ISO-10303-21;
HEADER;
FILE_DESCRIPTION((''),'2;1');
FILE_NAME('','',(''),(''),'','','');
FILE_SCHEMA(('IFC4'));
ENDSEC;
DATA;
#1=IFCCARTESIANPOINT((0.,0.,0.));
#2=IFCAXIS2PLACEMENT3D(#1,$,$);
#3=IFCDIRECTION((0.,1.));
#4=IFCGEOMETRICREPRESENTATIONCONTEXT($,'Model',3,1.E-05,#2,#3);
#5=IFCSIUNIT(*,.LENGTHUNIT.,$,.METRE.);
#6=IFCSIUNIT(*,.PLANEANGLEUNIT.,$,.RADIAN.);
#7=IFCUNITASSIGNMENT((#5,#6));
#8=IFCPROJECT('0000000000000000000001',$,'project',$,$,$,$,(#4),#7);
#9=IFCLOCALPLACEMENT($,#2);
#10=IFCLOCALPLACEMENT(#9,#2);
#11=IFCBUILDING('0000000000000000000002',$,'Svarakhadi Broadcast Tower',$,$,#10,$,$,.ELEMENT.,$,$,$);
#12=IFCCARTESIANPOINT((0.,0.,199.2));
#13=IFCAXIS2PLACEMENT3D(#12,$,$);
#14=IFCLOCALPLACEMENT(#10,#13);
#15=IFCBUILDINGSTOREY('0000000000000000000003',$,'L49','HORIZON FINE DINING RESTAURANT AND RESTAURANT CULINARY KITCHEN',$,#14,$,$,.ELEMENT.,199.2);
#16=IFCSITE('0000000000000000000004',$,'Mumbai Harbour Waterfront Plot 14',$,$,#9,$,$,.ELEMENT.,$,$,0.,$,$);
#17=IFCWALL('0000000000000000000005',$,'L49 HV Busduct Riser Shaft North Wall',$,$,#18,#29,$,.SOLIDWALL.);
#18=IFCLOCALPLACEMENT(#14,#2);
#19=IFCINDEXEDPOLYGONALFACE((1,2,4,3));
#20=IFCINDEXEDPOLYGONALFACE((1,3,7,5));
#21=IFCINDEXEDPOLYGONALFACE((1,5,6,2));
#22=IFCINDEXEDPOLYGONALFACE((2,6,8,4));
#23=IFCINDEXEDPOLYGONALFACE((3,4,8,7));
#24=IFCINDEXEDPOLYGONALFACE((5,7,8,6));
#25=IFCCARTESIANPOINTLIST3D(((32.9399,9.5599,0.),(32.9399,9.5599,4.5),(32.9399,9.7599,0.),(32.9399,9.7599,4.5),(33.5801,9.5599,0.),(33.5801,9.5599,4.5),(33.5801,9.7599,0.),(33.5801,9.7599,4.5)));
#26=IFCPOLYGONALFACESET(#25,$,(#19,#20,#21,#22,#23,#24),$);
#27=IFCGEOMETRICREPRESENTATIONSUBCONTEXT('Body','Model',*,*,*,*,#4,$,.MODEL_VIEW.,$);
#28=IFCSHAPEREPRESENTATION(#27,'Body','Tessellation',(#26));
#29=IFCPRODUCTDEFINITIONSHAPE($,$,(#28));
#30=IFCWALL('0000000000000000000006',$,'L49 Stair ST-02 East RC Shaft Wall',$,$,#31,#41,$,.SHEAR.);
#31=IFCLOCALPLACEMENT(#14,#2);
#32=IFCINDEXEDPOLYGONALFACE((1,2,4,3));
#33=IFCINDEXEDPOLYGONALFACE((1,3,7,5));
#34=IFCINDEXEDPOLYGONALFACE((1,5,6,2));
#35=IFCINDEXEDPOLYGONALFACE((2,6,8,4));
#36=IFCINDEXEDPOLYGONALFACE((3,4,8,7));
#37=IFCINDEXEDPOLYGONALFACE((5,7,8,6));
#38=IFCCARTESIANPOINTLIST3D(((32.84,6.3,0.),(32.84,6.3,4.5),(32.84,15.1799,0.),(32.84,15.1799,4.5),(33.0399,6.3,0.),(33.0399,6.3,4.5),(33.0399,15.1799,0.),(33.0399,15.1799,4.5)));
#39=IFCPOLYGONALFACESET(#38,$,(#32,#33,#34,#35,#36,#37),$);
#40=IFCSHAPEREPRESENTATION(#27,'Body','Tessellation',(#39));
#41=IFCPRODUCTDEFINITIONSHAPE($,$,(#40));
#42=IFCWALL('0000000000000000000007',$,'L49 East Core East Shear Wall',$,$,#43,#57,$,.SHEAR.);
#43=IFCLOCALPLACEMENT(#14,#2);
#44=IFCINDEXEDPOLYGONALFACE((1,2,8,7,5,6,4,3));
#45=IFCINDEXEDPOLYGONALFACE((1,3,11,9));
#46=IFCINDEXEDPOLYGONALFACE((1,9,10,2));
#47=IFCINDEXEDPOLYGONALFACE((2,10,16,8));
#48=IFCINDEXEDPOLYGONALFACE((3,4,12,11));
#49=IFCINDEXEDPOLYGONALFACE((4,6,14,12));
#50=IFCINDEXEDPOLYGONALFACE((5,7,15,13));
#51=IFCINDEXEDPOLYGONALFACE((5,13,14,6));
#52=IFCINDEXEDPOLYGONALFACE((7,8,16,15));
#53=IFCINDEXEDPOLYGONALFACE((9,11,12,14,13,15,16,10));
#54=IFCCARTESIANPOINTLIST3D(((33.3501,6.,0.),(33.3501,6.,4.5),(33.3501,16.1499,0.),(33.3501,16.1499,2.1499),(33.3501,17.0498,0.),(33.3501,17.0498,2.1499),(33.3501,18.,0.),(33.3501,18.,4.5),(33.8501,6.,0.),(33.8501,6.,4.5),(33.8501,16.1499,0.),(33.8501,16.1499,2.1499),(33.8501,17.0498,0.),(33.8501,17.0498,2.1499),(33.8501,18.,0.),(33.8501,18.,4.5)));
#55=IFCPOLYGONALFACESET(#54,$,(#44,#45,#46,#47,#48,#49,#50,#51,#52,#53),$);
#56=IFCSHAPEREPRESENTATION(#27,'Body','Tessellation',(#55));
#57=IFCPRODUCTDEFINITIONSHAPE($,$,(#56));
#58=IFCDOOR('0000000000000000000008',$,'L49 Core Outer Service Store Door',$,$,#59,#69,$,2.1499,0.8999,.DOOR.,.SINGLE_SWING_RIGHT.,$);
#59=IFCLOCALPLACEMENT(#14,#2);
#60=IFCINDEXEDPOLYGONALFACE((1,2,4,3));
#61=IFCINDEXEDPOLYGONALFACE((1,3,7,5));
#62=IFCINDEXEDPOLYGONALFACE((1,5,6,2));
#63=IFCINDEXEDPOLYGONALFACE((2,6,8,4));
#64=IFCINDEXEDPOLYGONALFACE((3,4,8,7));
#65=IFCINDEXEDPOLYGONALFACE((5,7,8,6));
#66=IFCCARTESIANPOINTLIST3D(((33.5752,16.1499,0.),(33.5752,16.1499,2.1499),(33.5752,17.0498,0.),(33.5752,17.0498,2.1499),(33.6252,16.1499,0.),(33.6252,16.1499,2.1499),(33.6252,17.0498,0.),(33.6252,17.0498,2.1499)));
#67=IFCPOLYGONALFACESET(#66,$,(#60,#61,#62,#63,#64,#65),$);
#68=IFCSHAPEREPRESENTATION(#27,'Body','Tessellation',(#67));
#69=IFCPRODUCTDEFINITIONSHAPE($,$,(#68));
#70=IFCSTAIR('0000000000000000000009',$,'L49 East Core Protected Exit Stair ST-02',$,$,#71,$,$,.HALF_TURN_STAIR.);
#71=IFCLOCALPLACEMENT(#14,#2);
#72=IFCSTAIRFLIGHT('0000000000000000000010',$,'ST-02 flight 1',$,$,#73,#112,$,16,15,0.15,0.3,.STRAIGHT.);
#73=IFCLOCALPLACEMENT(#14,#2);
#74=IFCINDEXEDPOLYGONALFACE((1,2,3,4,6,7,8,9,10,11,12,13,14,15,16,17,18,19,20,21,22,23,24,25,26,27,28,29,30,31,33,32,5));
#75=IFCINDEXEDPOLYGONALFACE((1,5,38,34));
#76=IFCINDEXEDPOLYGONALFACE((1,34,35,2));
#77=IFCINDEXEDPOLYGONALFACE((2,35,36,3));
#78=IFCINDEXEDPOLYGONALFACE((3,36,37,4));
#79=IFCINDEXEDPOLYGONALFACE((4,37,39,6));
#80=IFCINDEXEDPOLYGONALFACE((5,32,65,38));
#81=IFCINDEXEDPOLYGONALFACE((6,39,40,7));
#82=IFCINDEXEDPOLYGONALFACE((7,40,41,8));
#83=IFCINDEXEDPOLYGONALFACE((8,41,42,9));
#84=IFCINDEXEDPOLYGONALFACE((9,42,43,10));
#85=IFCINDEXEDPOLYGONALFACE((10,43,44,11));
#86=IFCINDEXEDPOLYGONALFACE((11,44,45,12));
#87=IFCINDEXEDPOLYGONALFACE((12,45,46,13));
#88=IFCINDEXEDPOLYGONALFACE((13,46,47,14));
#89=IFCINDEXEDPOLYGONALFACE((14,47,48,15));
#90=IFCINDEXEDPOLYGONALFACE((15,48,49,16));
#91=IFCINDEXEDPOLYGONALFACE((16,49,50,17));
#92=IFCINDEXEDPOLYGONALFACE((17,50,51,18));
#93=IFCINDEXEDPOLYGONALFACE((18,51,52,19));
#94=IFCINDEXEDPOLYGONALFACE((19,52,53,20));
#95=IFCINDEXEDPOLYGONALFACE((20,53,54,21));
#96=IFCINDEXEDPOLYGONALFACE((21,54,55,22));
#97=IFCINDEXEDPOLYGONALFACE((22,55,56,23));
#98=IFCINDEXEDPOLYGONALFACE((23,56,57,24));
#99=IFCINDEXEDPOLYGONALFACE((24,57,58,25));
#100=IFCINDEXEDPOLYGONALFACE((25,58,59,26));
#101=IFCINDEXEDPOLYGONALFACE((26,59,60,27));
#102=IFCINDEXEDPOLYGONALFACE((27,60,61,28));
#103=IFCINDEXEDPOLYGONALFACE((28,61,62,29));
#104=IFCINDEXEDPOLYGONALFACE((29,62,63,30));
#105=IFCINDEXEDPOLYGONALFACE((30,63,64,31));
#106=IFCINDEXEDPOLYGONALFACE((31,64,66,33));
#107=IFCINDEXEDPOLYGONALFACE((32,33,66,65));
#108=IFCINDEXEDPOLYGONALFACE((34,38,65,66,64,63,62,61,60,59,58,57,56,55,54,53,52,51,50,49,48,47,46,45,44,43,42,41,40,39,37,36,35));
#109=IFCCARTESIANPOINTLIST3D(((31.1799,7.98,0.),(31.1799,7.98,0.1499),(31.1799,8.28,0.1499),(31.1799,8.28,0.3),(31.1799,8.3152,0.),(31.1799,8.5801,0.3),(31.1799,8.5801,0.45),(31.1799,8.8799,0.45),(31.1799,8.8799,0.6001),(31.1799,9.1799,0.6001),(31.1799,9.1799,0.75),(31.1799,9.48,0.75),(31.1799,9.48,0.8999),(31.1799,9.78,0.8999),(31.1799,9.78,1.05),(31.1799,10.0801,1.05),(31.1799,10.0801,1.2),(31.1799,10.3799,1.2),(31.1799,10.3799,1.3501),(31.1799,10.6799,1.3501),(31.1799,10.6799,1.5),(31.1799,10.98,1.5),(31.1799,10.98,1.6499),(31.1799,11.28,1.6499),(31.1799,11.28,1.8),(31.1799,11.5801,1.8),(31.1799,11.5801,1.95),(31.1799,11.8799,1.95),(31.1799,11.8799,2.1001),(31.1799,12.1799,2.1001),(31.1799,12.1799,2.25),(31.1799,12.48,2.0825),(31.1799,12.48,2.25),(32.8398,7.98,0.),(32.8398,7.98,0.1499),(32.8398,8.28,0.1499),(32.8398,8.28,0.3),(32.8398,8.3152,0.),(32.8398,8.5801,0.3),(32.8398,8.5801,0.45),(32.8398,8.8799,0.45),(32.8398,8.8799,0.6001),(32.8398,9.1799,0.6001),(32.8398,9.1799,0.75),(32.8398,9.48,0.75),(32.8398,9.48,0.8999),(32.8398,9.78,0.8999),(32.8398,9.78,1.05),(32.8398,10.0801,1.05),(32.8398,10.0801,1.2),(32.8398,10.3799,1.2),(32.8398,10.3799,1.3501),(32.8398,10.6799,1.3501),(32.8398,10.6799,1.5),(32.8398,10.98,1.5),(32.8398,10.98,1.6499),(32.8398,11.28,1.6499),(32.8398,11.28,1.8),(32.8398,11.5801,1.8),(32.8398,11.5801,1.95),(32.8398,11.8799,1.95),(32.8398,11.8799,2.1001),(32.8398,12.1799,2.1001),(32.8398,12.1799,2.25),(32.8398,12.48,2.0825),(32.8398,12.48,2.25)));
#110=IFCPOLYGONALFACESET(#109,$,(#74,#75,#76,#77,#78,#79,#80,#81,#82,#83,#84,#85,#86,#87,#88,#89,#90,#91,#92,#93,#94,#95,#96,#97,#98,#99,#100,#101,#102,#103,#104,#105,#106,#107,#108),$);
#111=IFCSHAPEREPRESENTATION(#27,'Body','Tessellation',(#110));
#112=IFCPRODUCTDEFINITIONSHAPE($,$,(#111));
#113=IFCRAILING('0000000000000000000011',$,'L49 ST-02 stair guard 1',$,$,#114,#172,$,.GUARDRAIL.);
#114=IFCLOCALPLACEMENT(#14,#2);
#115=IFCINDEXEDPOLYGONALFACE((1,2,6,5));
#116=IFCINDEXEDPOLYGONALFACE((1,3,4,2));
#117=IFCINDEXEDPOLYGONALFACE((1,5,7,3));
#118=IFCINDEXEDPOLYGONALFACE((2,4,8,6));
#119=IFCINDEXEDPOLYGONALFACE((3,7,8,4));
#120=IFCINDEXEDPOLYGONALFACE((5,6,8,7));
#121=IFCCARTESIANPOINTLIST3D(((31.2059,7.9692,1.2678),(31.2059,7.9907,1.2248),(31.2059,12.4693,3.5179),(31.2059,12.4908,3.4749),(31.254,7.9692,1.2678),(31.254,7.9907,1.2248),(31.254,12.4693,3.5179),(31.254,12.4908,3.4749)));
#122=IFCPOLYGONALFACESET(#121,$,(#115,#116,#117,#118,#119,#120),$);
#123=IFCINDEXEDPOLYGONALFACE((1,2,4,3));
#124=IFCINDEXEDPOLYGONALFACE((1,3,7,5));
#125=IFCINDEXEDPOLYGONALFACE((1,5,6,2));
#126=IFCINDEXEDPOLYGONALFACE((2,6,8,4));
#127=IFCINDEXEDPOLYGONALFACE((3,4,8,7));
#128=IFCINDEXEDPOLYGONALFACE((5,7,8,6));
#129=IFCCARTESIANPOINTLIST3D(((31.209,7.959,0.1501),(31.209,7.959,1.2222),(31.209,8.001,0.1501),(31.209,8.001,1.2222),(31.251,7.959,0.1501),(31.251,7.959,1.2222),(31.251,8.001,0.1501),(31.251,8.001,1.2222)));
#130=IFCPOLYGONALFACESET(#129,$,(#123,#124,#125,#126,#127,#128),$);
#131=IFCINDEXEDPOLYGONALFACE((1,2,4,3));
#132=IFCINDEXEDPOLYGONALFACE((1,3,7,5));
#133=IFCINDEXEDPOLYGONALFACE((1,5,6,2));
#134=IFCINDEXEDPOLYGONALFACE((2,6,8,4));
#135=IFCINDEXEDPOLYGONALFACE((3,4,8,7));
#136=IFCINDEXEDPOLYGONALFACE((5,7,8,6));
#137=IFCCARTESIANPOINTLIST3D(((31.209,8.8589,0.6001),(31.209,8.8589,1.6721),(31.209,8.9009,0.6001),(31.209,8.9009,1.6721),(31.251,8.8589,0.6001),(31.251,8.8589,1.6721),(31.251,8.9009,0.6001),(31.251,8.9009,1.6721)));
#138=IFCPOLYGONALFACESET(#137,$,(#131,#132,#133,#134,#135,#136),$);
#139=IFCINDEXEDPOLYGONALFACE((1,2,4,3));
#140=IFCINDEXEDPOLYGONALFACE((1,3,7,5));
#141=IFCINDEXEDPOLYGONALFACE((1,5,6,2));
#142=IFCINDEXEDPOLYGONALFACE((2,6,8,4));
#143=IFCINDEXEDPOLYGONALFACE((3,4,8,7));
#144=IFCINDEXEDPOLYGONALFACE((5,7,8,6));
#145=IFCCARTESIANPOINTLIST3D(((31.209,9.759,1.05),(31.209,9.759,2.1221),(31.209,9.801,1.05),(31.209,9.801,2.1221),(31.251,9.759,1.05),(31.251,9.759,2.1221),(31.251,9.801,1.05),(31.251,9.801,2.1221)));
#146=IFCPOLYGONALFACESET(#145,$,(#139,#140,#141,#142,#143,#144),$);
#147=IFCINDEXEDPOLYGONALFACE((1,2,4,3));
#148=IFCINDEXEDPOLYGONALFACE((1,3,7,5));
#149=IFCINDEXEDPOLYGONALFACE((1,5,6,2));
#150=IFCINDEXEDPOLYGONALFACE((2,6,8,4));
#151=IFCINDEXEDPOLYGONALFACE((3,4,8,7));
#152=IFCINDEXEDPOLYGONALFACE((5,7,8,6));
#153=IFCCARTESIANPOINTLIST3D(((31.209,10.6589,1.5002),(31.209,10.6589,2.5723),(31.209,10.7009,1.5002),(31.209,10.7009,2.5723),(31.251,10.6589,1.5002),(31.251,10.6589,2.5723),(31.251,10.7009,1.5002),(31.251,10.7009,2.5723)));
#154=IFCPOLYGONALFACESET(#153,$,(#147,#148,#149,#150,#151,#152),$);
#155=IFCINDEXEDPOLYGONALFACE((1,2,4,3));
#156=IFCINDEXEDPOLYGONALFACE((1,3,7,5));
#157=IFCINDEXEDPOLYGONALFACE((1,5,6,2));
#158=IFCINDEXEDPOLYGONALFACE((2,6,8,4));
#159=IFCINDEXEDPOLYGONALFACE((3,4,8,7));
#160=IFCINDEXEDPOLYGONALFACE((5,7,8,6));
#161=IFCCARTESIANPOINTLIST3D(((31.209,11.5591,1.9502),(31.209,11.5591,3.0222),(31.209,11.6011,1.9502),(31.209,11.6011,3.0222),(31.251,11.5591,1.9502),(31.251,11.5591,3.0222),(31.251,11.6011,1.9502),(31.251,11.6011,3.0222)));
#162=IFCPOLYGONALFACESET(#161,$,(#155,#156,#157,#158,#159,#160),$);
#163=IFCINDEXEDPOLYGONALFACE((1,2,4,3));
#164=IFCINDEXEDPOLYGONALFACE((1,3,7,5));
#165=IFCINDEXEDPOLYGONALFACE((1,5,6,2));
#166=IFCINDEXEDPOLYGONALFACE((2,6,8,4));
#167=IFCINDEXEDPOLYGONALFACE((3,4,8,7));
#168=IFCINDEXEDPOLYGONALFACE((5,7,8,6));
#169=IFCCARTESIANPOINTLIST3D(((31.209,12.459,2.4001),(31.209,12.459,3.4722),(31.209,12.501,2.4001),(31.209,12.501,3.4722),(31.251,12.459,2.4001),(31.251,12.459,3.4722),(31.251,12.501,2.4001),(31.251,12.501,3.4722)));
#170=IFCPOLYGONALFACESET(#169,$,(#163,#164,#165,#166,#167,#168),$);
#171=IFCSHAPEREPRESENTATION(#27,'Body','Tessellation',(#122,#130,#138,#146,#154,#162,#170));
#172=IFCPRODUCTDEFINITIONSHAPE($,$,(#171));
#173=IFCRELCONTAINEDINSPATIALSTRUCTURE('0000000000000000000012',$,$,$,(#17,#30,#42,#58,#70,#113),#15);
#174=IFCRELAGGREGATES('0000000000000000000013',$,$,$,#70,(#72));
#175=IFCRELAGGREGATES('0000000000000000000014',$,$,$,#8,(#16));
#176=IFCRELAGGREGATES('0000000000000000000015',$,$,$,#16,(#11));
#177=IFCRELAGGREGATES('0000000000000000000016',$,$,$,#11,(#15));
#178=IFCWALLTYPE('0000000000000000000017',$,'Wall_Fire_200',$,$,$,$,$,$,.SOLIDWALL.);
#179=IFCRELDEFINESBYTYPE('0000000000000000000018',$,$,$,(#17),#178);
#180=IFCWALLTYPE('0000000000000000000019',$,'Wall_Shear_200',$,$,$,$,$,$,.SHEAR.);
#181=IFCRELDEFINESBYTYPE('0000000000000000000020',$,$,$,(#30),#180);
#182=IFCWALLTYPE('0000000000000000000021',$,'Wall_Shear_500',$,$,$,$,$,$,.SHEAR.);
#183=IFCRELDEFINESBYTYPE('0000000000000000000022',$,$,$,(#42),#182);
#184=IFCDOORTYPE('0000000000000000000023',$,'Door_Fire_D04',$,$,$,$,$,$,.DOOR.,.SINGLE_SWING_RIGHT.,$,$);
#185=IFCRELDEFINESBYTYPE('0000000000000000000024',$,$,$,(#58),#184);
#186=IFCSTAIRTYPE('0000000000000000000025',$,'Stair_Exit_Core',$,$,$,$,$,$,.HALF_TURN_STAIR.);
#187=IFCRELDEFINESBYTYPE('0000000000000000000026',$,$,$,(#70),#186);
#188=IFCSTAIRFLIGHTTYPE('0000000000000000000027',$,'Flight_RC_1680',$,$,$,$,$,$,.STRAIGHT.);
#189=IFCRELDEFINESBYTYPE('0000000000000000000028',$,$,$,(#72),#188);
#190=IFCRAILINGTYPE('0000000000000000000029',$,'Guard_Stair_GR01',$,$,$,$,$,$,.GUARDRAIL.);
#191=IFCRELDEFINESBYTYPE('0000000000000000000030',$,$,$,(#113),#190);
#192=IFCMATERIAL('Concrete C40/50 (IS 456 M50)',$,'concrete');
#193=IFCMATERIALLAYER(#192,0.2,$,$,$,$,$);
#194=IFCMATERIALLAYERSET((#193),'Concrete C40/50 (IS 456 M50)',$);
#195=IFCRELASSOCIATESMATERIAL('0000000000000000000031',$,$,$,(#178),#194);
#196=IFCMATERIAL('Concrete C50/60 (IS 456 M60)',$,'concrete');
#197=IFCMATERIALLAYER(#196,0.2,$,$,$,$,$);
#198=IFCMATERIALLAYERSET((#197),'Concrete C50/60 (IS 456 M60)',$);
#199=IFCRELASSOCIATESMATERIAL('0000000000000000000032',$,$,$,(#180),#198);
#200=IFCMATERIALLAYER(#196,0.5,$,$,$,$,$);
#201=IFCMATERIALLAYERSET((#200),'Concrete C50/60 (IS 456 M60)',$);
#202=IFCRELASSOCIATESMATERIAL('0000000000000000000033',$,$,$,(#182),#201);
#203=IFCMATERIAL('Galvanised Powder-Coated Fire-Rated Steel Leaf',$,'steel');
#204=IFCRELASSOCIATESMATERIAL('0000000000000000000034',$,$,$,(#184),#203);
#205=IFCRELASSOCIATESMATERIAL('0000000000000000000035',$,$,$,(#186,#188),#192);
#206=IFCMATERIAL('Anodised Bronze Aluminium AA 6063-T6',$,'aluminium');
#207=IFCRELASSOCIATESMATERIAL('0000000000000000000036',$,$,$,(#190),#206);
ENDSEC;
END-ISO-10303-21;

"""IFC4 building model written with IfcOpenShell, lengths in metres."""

from ifc_helpers import new_model, si_unit, direction, frame, frame_2d, origin, origin_2d, place, context, subcontext, project, spatial, polyline, rectangle, outline, extrude, material, layer, layer_set, type_object, element, fill, aggregate, save


model = new_model("IFC4")

# Units and contexts
model_context = context("Model", 3, precision=1e-05, world=origin(), true_north=direction((0.0, 1.0)))
body_context = subcontext(model_context, "Body", "Model", "MODEL_VIEW")
ifc_project = project(units=[si_unit("LENGTHUNIT", "METRE"), si_unit("PLANEANGLEUNIT", "RADIAN")], contexts=[model_context])

# Site, building, storey
site_placement = place(None, origin())
site = spatial("IfcSite", under=ifc_project, at=site_placement, Name="Mumbai Harbour Waterfront Plot 14", CompositionType="ELEMENT", RefElevation=0.0)
building_placement = place(site_placement, origin())
building = spatial("IfcBuilding", under=site, at=building_placement, Name="Svarakhadi Broadcast Tower", CompositionType="ELEMENT")
storey_placement = place(building_placement, frame((0.0, 0.0, 199.2)))
storey = spatial("IfcBuildingStorey", under=building, at=storey_placement, Name="L49", Description="HORIZON FINE DINING RESTAURANT AND RESTAURANT CULINARY KITCHEN", CompositionType="ELEMENT", Elevation=199.2)

# Shared definitions
ifc_material_1 = material(Name="Concrete C50/60 (IS 456 M60)", Category="concrete")

# Shared definitions
ifc_material_2 = material(Name="Anodised Bronze Aluminium AA 6063-T6", Category="aluminium")

# Walls
ifc_material_3 = material(Name="Concrete C40/50 (IS 456 M50)", Category="concrete")
ifc_layer_1 = layer(ifc_material_3, 0.2)
ifc_layer_set_1 = layer_set([ifc_layer_1], Name="Concrete C40/50 (IS 456 M50)")
wall_type_1 = type_object("IfcWallType", Name="Wall_Fire_200", PredefinedType="SOLIDWALL", material=ifc_layer_set_1)
wall_1_placement = place(storey_placement, frame((32.9399, 9.6599, 0.0), z_axis=(0.0, 0.0, 1.0), x_axis=(1.0, 0.0, 0.0)))
element("IfcWall", 1, at=wall_1_placement, inside=storey, type_object=wall_type_1, Name="L49 HV Busduct Riser Shaft North Wall", PredefinedType="SOLIDWALL", context=body_context, shape_type="SweptSolid", body=[
    extrude(rectangle(XDim=0.6401, YDim=0.2, at=frame_2d((0.3201, 0.0))), origin(), (0.0, 0.0, 1.0), 4.5),
])
ifc_layer_2 = layer(ifc_material_1, 0.2)
ifc_layer_set_2 = layer_set([ifc_layer_2], Name="Concrete C50/60 (IS 456 M60)")
wall_type_2 = type_object("IfcWallType", Name="Wall_Shear_200", PredefinedType="SHEAR", material=ifc_layer_set_2)
wall_2_placement = place(storey_placement, frame((32.9399, 6.3, 0.0), z_axis=(0.0, 0.0, 1.0), x_axis=(0.0, 1.0, 0.0)))
element("IfcWall", 2, at=wall_2_placement, inside=storey, type_object=wall_type_2, Name="L49 Stair ST-02 East RC Shaft Wall", PredefinedType="SHEAR", context=body_context, shape_type="SweptSolid", body=[
    extrude(rectangle(XDim=8.8799, YDim=0.2, at=frame_2d((4.4399, 0.0))), origin(), (0.0, 0.0, 1.0), 4.5),
])

# Wall, opening, door
ifc_layer_3 = layer(ifc_material_1, 0.5)
ifc_layer_set_3 = layer_set([ifc_layer_3], Name="Concrete C50/60 (IS 456 M60)")
wall_type_3 = type_object("IfcWallType", Name="Wall_Shear_500", PredefinedType="SHEAR", material=ifc_layer_set_3)
wall_3_placement = place(storey_placement, frame((33.6001, 6.0, 0.0), z_axis=(0.0, 0.0, 1.0), x_axis=(0.0, 1.0, 0.0)))
wall_3 = element("IfcWall", 3, at=wall_3_placement, inside=storey, type_object=wall_type_3, Name="L49 East Core East Shear Wall", PredefinedType="SHEAR", context=body_context, shape_type="SweptSolid", body=[
    extrude(rectangle(XDim=12.0, YDim=0.5, at=frame_2d((6.0, 0.0))), origin(), (0.0, 0.0, 1.0), 4.5),
])
opening_placement = place(wall_3_placement, frame((10.1499, 0.0, 0.0)))
opening = element("IfcOpeningElement", 4, at=opening_placement, cuts=wall_3, PredefinedType="OPENING", context=body_context, shape_type="SweptSolid", body=[
    extrude(rectangle(XDim=0.8999, YDim=2.1499, at=frame_2d((0.45, 1.075))), frame((0.0, 0.26, 0.0), z_axis=(0.0, -1.0, 0.0), x_axis=(1.0, 0.0, 0.0)), (0.0, 0.0, 1.0), 0.52),
])
ifc_material_4 = material(Name="Galvanised Powder-Coated Fire-Rated Steel Leaf", Category="steel")
door_type = type_object("IfcDoorType", Name="Door_Fire_D04", OperationType="SINGLE_SWING_RIGHT", PredefinedType="DOOR", material=ifc_material_4)
door_placement = place(opening_placement, origin())
door = element("IfcDoor", 5, at=door_placement, inside=storey, type_object=door_type, Name="L49 Core Outer Service Store Door", OperationType="SINGLE_SWING_RIGHT", OverallHeight=2.1499, OverallWidth=0.8999, PredefinedType="DOOR", context=body_context, shape_type="SweptSolid", body=[
    extrude(rectangle(XDim=0.8999, YDim=2.1499, at=frame_2d((0.45, 1.075))), frame((0.0, 0.0249, 0.0), z_axis=(0.0, -1.0, 0.0), x_axis=(1.0, 0.0, 0.0)), (0.0, 0.0, 1.0), 0.05),
])
fill(opening, door)

# Stair, stair flight
stair_type = type_object("IfcStairType", Name="Stair_Exit_Core", PredefinedType="HALF_TURN_STAIR", material=ifc_material_3)
stair_placement = place(storey_placement, origin())
stair = element("IfcStair", 6, at=stair_placement, inside=storey, type_object=stair_type, Name="L49 East Core Protected Exit Stair ST-02", PredefinedType="HALF_TURN_STAIR")
stair_flight_type = type_object("IfcStairFlightType", Name="Flight_RC_1680", PredefinedType="STRAIGHT", material=ifc_material_3)
stair_flight_placement = place(storey_placement, frame((32.01, 7.98, 0.0), z_axis=(0.0, 0.0, 1.0), x_axis=(0.0, 1.0, 0.0)))
stair_flight = element("IfcStairFlight", 7, at=stair_flight_placement, type_object=stair_flight_type, Name="ST-02 flight 1", NumberOfRisers=16, NumberOfTreads=15, PredefinedType="STRAIGHT", RiserHeight=0.15, TreadLength=0.3, context=body_context, shape_type="SweptSolid", body=[
    extrude(outline(polyline([(0.0, 0.0), (0.0, 0.1499), (0.3, 0.1499), (0.3, 0.3), (0.6001, 0.3), (0.6001, 0.45), (0.8999, 0.45), (0.8999, 0.6001), (1.2, 0.6001), (1.2, 0.75), (1.5, 0.75), (1.5, 0.8999), (1.8, 0.8999), (1.8, 1.05), (2.1001, 1.05), (2.1001, 1.2), (2.3999, 1.2), (2.3999, 1.3501), (2.7, 1.3501), (2.7, 1.5), (3.0, 1.5), (3.0, 1.6499), (3.3, 1.6499), (3.3, 1.8), (3.6001, 1.8), (3.6001, 1.95), (3.8999, 1.95), (3.8999, 2.1001), (4.2, 2.1001), (4.2, 2.25), (4.5, 2.25), (4.5, 2.3999), (4.5, 2.0825), (0.3352, 0.0), (0.0, 0.0)])), frame((0.0, 0.8301, 0.0), z_axis=(0.0, -1.0, 0.0), x_axis=(1.0, 0.0, 0.0)), (0.0, 0.0, 1.0), 1.6599),
])
aggregate(stair, [stair_flight])

# Railing
railing_type_1 = type_object("IfcRailingType", Name="Guard_Stair_GR01", PredefinedType="GUARDRAIL", material=ifc_material_2)
railing_1_placement = place(storey_placement, frame((31.23, 7.98, 0.1501)))
element("IfcRailing", 8, at=railing_1_placement, inside=storey, type_object=railing_type_1, Name="L49 ST-02 stair guard 1", PredefinedType="GUARDRAIL", context=body_context, shape_type="SweptSolid", body=[
    extrude(rectangle(XDim=0.0481, YDim=0.0481, at=origin_2d()), frame((0.0, 0.0, 1.0962), z_axis=(0.0, 0.894427, 0.447214), x_axis=(-1.0, 0.0, 0.0)), (0.0, 0.0, 1.0), 5.0312),
    extrude(rectangle(XDim=0.042, YDim=0.042, at=origin_2d()), origin(), (0.0, 0.0, 1.0), 1.072),
    extrude(rectangle(XDim=0.042, YDim=0.042, at=origin_2d()), frame((0.0, 0.8999, 0.45)), (0.0, 0.0, 1.0), 1.072),
    extrude(rectangle(XDim=0.042, YDim=0.042, at=origin_2d()), frame((0.0, 1.8, 0.8999)), (0.0, 0.0, 1.0), 1.072),
    extrude(rectangle(XDim=0.042, YDim=0.042, at=origin_2d()), frame((0.0, 2.7, 1.3501)), (0.0, 0.0, 1.0), 1.072),
    extrude(rectangle(XDim=0.042, YDim=0.042, at=origin_2d()), frame((0.0, 3.6001, 1.8)), (0.0, 0.0, 1.0), 1.072),
    extrude(rectangle(XDim=0.042, YDim=0.042, at=origin_2d()), frame((0.0, 4.5, 2.25)), (0.0, 0.0, 1.0), 1.072),
])

save(model, "model.ifc")
